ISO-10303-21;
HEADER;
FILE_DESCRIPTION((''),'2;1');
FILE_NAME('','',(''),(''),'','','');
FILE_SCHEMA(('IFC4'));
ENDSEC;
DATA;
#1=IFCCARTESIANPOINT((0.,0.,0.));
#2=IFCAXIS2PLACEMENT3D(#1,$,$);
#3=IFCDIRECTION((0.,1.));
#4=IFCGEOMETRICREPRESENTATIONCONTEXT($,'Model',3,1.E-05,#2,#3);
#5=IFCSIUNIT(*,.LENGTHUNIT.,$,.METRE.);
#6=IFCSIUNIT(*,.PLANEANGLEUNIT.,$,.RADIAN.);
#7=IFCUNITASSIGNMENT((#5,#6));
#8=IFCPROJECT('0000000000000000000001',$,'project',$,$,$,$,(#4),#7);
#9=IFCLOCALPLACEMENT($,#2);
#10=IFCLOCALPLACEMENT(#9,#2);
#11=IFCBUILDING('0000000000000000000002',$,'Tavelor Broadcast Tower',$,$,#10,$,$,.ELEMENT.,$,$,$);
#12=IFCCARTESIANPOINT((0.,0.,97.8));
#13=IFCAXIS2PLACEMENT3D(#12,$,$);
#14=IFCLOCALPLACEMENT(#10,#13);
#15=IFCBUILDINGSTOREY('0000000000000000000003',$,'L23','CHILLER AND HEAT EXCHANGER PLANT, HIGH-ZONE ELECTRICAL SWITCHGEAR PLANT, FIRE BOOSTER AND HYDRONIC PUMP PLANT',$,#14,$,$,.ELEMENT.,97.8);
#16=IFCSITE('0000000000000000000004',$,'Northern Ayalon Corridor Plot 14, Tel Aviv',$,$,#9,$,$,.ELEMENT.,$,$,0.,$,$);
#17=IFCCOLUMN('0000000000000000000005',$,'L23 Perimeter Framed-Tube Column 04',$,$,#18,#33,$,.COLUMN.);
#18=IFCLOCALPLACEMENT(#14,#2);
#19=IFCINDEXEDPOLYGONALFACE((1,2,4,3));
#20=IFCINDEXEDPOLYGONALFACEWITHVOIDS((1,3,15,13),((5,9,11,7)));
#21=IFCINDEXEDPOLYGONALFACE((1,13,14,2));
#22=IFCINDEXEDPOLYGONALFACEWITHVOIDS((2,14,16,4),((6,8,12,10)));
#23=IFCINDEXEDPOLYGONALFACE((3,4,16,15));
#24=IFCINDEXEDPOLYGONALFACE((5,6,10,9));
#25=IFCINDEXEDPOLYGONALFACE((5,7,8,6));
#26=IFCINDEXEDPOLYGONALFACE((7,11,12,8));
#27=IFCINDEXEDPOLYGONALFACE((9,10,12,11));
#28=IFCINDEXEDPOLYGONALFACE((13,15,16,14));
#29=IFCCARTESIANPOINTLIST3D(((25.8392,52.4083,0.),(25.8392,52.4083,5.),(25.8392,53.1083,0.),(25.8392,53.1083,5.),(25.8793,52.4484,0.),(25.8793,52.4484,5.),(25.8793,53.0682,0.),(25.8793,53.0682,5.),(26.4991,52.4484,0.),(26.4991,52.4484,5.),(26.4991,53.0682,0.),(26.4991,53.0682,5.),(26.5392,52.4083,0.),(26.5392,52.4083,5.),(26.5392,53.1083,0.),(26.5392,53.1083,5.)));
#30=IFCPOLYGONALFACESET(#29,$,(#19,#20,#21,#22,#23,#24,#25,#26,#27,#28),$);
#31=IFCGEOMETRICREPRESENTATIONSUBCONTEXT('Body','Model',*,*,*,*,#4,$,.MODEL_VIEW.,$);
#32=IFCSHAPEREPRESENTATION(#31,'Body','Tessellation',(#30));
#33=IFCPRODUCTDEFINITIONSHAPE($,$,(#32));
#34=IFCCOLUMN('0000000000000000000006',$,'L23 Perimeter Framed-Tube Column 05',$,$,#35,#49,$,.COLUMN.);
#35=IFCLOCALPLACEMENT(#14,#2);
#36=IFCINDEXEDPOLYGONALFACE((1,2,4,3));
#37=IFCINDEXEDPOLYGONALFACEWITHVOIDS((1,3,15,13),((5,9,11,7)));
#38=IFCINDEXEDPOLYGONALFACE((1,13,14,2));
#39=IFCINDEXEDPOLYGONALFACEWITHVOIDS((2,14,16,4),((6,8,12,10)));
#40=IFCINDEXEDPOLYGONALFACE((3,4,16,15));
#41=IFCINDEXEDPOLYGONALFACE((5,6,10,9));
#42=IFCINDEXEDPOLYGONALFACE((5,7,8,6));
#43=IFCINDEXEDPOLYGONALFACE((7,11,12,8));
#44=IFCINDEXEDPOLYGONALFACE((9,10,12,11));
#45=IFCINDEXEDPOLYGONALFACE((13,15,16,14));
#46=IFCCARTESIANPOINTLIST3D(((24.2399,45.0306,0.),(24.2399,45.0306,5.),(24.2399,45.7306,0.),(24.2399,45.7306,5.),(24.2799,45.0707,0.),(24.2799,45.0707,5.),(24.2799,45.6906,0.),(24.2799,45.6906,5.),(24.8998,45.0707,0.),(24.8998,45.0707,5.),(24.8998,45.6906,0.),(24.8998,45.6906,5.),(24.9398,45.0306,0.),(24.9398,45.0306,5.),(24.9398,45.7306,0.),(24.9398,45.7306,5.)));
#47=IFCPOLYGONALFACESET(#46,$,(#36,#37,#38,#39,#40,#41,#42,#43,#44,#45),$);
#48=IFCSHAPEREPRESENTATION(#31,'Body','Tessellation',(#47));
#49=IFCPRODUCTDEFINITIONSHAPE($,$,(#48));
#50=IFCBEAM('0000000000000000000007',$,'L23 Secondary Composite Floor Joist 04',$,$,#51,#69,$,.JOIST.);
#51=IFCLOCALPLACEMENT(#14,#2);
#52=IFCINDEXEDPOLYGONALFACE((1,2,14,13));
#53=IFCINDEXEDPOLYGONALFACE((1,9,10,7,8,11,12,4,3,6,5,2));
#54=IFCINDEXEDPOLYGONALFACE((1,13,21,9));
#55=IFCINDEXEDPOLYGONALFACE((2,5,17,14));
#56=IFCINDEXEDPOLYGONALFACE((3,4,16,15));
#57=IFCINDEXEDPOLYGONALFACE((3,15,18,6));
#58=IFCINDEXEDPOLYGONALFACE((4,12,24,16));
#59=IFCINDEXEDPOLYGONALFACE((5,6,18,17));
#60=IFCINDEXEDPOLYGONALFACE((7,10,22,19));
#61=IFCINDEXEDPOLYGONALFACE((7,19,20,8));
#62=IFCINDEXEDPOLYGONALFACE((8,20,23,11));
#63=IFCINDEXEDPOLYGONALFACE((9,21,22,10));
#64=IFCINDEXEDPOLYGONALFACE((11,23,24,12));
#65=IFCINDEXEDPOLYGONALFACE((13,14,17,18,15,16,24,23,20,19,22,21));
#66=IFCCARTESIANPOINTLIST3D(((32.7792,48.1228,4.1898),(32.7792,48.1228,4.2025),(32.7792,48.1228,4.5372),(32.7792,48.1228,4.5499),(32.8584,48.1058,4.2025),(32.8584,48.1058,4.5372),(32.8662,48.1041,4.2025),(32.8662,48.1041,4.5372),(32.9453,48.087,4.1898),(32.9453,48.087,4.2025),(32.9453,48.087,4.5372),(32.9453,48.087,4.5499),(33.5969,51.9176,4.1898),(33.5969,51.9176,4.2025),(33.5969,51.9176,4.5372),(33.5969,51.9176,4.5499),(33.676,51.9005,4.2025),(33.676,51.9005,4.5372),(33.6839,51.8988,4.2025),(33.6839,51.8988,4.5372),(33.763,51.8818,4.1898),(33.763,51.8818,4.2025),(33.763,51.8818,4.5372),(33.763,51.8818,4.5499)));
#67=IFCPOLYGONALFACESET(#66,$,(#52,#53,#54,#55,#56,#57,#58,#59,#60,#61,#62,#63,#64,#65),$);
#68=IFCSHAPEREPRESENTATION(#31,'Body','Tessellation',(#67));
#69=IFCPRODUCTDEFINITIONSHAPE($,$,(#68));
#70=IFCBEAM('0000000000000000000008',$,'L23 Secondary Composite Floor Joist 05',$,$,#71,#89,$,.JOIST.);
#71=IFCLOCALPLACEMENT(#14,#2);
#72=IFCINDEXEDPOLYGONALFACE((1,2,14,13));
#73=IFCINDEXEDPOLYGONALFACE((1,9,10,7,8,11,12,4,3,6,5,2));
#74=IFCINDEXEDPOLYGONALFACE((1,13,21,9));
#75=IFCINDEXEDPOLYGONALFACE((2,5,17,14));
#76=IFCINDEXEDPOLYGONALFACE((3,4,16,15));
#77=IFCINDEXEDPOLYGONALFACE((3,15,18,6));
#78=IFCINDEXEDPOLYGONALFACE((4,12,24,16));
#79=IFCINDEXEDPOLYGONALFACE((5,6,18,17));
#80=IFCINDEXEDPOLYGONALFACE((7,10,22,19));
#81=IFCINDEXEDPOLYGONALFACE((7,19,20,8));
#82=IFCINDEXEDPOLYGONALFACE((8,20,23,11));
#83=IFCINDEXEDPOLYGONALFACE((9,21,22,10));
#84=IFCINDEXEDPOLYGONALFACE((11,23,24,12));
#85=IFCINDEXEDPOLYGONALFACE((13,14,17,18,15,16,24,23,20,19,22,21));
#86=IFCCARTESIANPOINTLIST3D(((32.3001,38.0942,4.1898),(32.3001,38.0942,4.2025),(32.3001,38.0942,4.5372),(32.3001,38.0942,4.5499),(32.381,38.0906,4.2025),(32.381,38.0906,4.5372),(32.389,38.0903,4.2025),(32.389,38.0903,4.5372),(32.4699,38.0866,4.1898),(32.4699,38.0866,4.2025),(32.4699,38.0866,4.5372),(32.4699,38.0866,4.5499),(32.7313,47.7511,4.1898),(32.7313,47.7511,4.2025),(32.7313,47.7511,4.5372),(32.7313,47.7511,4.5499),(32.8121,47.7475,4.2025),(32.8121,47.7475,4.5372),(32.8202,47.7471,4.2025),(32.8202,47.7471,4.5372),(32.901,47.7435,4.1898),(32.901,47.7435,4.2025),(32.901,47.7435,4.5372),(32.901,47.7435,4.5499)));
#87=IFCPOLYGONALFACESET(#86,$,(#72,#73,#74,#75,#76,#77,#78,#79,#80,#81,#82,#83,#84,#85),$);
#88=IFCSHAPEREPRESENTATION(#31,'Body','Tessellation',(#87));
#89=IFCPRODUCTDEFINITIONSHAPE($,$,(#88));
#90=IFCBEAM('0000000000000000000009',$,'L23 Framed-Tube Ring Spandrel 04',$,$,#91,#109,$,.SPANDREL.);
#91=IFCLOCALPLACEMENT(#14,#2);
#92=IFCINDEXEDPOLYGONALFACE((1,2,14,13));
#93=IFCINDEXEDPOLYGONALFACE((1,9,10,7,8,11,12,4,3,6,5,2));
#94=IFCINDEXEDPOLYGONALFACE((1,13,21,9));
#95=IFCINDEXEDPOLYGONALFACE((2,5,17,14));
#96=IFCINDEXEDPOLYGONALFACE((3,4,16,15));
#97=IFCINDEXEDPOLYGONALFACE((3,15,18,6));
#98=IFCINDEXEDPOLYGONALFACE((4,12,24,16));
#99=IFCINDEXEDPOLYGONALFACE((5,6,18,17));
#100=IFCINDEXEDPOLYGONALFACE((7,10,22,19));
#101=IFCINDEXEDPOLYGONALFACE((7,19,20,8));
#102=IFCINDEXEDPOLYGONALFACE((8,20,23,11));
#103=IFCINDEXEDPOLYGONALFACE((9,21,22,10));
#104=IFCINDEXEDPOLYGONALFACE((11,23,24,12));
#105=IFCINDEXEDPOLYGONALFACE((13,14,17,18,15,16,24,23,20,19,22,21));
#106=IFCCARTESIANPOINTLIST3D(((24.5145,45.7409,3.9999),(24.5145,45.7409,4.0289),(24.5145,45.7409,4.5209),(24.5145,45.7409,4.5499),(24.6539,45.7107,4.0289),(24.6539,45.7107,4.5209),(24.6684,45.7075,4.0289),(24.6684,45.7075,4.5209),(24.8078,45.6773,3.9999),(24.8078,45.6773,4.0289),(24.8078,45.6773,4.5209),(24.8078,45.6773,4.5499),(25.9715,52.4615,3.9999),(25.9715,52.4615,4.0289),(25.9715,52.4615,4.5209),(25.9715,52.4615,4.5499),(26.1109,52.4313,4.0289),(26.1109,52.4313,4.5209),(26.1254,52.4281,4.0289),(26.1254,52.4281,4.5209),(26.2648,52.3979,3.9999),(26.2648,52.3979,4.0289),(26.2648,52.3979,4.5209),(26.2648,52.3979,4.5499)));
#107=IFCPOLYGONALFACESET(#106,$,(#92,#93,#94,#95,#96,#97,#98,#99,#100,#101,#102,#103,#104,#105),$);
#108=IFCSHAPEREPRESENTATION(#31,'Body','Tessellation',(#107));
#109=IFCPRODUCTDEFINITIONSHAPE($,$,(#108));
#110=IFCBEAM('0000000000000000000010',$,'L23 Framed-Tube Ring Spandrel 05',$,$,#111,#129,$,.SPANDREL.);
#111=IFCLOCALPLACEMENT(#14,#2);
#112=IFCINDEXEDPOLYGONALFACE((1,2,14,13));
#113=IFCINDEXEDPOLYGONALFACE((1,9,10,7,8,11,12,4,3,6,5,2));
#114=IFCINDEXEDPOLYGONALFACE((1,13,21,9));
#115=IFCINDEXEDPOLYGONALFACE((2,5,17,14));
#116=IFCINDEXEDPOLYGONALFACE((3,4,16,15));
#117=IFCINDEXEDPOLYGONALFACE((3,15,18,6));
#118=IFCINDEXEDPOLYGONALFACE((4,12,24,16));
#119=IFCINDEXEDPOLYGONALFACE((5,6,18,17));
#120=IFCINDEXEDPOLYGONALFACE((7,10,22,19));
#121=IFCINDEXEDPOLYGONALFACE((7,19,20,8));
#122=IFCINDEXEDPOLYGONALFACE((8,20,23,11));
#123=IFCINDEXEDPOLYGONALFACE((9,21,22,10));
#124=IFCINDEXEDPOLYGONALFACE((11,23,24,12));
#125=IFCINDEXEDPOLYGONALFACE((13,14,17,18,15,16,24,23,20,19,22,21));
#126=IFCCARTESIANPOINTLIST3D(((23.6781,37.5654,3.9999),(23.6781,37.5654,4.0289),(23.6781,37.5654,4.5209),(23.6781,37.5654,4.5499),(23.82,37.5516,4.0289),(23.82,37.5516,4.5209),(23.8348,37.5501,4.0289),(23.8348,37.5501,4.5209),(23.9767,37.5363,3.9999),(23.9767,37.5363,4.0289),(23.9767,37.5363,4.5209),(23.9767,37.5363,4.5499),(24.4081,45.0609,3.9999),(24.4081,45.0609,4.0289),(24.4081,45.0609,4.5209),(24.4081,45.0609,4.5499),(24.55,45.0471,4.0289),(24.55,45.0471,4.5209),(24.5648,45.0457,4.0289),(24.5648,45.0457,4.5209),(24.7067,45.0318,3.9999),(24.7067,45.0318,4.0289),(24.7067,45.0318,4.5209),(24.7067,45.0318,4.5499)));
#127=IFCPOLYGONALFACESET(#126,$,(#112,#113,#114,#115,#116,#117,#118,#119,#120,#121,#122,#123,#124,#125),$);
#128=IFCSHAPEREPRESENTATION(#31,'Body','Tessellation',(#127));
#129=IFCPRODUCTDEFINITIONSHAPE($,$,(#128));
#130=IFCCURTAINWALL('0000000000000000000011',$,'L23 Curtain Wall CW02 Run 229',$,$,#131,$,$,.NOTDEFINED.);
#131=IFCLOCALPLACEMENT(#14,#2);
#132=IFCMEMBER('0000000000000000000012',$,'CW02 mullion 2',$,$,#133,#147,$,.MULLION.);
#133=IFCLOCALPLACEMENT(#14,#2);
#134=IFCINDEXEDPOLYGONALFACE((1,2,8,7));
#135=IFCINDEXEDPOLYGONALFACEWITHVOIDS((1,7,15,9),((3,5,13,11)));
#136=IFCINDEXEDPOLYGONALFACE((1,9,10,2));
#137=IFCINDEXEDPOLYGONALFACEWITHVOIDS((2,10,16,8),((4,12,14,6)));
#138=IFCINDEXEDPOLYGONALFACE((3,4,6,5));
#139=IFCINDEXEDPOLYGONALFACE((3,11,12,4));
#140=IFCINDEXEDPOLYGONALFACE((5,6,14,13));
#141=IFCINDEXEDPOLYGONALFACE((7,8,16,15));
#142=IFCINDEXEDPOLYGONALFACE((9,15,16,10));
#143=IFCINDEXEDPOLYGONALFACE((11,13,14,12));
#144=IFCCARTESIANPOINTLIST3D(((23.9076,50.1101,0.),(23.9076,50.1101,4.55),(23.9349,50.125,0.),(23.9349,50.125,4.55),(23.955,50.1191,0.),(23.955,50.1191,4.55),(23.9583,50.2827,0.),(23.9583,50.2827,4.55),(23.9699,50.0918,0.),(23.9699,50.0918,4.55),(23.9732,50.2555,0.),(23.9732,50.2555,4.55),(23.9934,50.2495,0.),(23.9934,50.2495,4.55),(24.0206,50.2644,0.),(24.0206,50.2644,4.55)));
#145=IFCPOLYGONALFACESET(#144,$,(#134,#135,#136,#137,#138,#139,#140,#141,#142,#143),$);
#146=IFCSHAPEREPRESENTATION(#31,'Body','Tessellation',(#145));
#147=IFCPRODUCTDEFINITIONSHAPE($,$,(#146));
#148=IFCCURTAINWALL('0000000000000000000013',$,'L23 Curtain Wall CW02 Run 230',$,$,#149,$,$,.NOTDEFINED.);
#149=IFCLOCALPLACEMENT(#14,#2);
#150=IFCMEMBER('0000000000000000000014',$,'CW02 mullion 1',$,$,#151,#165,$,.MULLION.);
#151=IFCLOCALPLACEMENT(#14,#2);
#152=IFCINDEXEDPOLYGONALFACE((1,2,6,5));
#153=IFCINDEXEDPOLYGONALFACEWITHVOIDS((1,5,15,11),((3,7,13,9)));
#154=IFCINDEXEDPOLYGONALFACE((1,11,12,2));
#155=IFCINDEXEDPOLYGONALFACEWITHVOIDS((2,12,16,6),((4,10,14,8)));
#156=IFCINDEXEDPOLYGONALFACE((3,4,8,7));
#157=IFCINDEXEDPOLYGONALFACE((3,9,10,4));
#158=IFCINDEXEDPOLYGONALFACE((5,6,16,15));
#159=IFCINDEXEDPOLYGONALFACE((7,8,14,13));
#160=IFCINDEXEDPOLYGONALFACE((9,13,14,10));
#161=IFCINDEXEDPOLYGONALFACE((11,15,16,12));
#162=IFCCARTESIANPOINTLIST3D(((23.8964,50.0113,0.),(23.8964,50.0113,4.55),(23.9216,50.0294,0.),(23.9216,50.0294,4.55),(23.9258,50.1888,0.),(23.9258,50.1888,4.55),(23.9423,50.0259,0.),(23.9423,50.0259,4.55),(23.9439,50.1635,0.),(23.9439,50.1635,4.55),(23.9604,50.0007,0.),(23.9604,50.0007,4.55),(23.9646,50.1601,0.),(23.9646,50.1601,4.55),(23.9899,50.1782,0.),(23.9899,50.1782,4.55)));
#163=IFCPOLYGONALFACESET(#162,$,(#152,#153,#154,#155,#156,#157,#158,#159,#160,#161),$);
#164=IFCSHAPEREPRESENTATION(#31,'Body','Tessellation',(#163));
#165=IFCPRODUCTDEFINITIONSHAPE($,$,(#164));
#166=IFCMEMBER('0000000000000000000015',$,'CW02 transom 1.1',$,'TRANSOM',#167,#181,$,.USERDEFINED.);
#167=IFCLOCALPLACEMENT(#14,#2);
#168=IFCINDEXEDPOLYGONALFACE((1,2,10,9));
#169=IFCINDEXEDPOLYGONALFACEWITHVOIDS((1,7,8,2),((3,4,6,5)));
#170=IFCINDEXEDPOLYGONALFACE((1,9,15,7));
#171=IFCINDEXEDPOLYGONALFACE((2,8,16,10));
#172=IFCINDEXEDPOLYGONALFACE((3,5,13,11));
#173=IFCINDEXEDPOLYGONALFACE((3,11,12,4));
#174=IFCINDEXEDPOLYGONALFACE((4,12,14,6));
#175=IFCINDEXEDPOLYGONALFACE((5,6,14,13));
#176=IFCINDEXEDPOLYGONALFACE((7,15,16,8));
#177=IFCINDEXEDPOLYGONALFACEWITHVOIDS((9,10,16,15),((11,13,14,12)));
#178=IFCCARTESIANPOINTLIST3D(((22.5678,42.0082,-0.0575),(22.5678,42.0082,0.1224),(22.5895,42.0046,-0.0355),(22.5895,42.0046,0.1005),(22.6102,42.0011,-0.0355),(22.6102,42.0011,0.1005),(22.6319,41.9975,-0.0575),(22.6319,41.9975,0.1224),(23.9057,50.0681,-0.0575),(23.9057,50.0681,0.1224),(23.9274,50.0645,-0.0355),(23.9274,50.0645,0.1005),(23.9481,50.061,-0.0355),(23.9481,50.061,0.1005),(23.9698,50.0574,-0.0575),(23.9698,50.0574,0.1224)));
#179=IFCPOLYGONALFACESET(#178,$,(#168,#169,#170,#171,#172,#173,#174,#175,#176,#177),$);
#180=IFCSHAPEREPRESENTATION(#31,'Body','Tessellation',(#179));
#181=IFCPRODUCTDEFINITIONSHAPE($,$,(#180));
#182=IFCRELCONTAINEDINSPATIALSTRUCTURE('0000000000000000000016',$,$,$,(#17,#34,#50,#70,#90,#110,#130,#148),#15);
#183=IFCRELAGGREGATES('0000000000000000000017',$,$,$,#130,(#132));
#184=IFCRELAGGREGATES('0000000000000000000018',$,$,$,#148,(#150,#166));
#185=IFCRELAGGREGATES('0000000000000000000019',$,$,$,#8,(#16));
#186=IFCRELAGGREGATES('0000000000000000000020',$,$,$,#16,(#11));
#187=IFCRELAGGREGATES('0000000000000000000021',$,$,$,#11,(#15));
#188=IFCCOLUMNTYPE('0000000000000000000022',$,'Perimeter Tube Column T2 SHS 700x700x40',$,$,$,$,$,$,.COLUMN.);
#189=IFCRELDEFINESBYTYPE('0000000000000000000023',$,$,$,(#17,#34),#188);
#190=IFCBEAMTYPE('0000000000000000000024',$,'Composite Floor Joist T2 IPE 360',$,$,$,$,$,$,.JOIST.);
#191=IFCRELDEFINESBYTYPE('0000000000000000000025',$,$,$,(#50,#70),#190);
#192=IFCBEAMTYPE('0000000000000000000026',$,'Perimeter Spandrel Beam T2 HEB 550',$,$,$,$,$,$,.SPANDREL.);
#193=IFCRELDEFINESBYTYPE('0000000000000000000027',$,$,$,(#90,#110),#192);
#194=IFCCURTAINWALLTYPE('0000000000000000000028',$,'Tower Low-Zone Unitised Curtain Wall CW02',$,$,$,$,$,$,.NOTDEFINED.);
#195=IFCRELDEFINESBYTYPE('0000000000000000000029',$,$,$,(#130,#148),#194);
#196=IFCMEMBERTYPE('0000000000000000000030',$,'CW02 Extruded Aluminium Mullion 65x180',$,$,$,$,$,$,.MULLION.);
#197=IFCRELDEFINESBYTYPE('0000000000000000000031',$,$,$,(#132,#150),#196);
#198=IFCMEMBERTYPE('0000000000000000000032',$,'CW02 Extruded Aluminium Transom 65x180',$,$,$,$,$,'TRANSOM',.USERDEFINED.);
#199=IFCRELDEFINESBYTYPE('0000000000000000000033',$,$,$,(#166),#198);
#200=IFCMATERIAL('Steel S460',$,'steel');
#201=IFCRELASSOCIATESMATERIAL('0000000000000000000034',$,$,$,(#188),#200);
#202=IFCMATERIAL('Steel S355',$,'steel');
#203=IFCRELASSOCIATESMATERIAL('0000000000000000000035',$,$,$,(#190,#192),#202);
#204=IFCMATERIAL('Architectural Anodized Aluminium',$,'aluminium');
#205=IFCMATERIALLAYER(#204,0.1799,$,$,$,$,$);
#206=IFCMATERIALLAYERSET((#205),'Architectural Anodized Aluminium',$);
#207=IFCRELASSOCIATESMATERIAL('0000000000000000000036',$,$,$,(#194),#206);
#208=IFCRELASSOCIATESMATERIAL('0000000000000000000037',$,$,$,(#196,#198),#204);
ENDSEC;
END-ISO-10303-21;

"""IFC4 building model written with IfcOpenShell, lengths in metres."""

from ifc_helpers import new_model, si_unit, direction, frame, origin, origin_2d, place, context, subcontext, project, spatial, hollow_rectangle, i_section, extrude, source, transform, mapped, material, layer, layer_set, material_profile, profile_set, type_object, type_shapes, element, aggregate, save


model = new_model("IFC4")

# Units and contexts
model_context = context("Model", 3, precision=1e-05, world=origin(), true_north=direction((0.0, 1.0)))
body_context = subcontext(model_context, "Body", "Model", "MODEL_VIEW")
ifc_project = project(units=[si_unit("LENGTHUNIT", "METRE"), si_unit("PLANEANGLEUNIT", "RADIAN")], contexts=[model_context])

# Site, building, storey
site_placement = place(None, origin())
site = spatial("IfcSite", under=ifc_project, at=site_placement, Name="Northern Ayalon Corridor Plot 14, Tel Aviv", CompositionType="ELEMENT", RefElevation=0.0)
building_placement = place(site_placement, origin())
building = spatial("IfcBuilding", under=site, at=building_placement, Name="Tavelor Broadcast Tower", CompositionType="ELEMENT")
storey_placement = place(building_placement, frame((0.0, 0.0, 97.8)))
storey = spatial("IfcBuildingStorey", under=building, at=storey_placement, Name="L23", Description="CHILLER AND HEAT EXCHANGER PLANT, HIGH-ZONE ELECTRICAL SWITCHGEAR PLANT, FIRE BOOSTER AND HYDRONIC PUMP PLANT", CompositionType="ELEMENT", Elevation=97.8)

# Columns
ifc_material_1 = material(Name="Steel S460", Category="steel")
ifc_material_profile_1 = material_profile(ifc_material_1, hollow_rectangle(XDim=0.7, YDim=0.7, WallThickness=0.04, at=origin_2d()), Name="SHS 700x700x40")
ifc_profile_set_1 = profile_set([ifc_material_profile_1], Name="Steel S460")
column_type = type_object("IfcColumnType", Name="Perimeter Tube Column T2 SHS 700x700x40", PredefinedType="COLUMN", material=ifc_profile_set_1)
for number, where, z_axis, x_axis, name in (
    (1, (26.1892, 52.7583, 0.0), (0.0, 0.0, 1.0), (1.0, 0.0, 0.0), "L23 Perimeter Framed-Tube Column 04"),
    (2, (24.5898, 45.3806, 0.0), (0.0, 0.0, 1.0), (1.0, 0.0, 0.0), "L23 Perimeter Framed-Tube Column 05"),
):
    element("IfcColumn", number, at=place(storey_placement, frame(where, z_axis=z_axis, x_axis=x_axis)), inside=storey, type_object=column_type, Name=name, PredefinedType="COLUMN", context=body_context, shape_type="SweptSolid", body=[
        extrude(hollow_rectangle(XDim=0.7, YDim=0.7, WallThickness=0.04, at=origin_2d()), origin(), (0.0, 0.0, 1.0), 5.0),
    ])

# Beams
ifc_material_2 = material(Name="Steel S355", Category="steel")
ifc_material_profile_2 = material_profile(ifc_material_2, i_section(OverallWidth=0.1699, OverallDepth=0.3601, WebThickness=0.0081, FlangeThickness=0.0127, at=origin_2d()), Name="IPE 360")
ifc_profile_set_2 = profile_set([ifc_material_profile_2], Name="Steel S355")
beam_type_1 = type_object("IfcBeamType", Name="Composite Floor Joist T2 IPE 360", PredefinedType="JOIST", material=ifc_profile_set_2)
beam_1_placement = place(storey_placement, frame((33.6799, 51.8997, 4.3699), z_axis=(-0.210633, -0.977565, 0.0), x_axis=(0.977565, -0.210633, 0.0)))
element("IfcBeam", 3, at=beam_1_placement, inside=storey, type_object=beam_type_1, Name="L23 Secondary Composite Floor Joist 04", PredefinedType="JOIST", context=body_context, shape_type="SweptSolid", body=[
    extrude(i_section(OverallWidth=0.1699, OverallDepth=0.3601, WebThickness=0.0081, FlangeThickness=0.0127, at=origin_2d()), origin(), (0.0, 0.0, 1.0), 3.8818),
])
beam_2_placement = place(storey_placement, frame((32.8162, 47.7473, 4.3699), z_axis=(-0.044602, -0.999005, 0.0), x_axis=(0.999005, -0.044602, 0.0)))
element("IfcBeam", 4, at=beam_2_placement, inside=storey, type_object=beam_type_1, Name="L23 Secondary Composite Floor Joist 05", PredefinedType="JOIST", context=body_context, shape_type="SweptSolid", body=[
    extrude(i_section(OverallWidth=0.1699, OverallDepth=0.3601, WebThickness=0.0081, FlangeThickness=0.0127, at=origin_2d()), origin(), (0.0, 0.0, 1.0), 9.6665),
])
ifc_material_profile_3 = material_profile(ifc_material_2, i_section(OverallWidth=0.3, OverallDepth=0.55, WebThickness=0.0149, FlangeThickness=0.0291, at=origin_2d()), Name="HEB 550")
ifc_profile_set_3 = profile_set([ifc_material_profile_3], Name="Steel S355")
beam_type_2 = type_object("IfcBeamType", Name="Perimeter Spandrel Beam T2 HEB 550", PredefinedType="SPANDREL", material=ifc_profile_set_3)
beam_3_placement = place(storey_placement, frame((26.1182, 52.4297, 4.2749), z_axis=(-0.211875, -0.977297, 0.0), x_axis=(0.977297, -0.211875, 0.0)))
element("IfcBeam", 5, at=beam_3_placement, inside=storey, type_object=beam_type_2, Name="L23 Framed-Tube Ring Spandrel 04", PredefinedType="SPANDREL", context=body_context, shape_type="SweptSolid", body=[
    extrude(i_section(OverallWidth=0.3, OverallDepth=0.55, WebThickness=0.0149, FlangeThickness=0.0291, at=origin_2d()), origin(), (0.0, 0.0, 1.0), 6.8767),
])
beam_4_placement = place(storey_placement, frame((24.5574, 45.0464, 4.2749), z_axis=(-0.096929, -0.995291, 0.0), x_axis=(0.995291, -0.096929, 0.0)))
element("IfcBeam", 6, at=beam_4_placement, inside=storey, type_object=beam_type_2, Name="L23 Framed-Tube Ring Spandrel 05", PredefinedType="SPANDREL", context=body_context, shape_type="SweptSolid", body=[
    extrude(i_section(OverallWidth=0.3, OverallDepth=0.55, WebThickness=0.0149, FlangeThickness=0.0291, at=origin_2d()), origin(), (0.0, 0.0, 1.0), 7.531),
])

# Curtain wall, member
ifc_material_3 = material(Name="Architectural Anodized Aluminium", Category="aluminium")
ifc_layer_1 = layer(ifc_material_3, 0.1799)
ifc_layer_set_1 = layer_set([ifc_layer_1], Name="Architectural Anodized Aluminium")
curtain_wall_type = type_object("IfcCurtainWallType", Name="Tower Low-Zone Unitised Curtain Wall CW02", PredefinedType="NOTDEFINED", material=ifc_layer_set_1)
curtain_wall_1_placement = place(storey_placement, origin())
curtain_wall_1 = element("IfcCurtainWall", 7, at=curtain_wall_1_placement, inside=storey, type_object=curtain_wall_type, Name="L23 Curtain Wall CW02 Run 229", PredefinedType="NOTDEFINED")
ifc_material_profile_4 = material_profile(ifc_material_3, hollow_rectangle(XDim=0.0649, YDim=0.1799, WallThickness=0.022, at=origin_2d()), Name="RHS 65x180x22")
ifc_profile_set_4 = profile_set([ifc_material_profile_4], Name="Architectural Anodized Aluminium")
member_type_1 = type_object("IfcMemberType", Name="CW02 Extruded Aluminium Mullion 65x180", PredefinedType="MULLION", material=ifc_profile_set_4)
shared_shape_1 = source(origin(), body_context, "Body", "SweptSolid", [
    extrude(hollow_rectangle(XDim=0.0649, YDim=0.1799, WallThickness=0.022, at=origin_2d()), origin(), (0.0, 0.0, 1.0), 4.55),
])
type_shapes(member_type_1, [shared_shape_1])
member_1_placement = place(storey_placement, frame((23.9641, 50.1873, 0.0), z_axis=(0.0, 0.0, 1.0), x_axis=(0.959433, -0.281936, 0.0)))
member_1 = element("IfcMember", 8, at=member_1_placement, type_object=member_type_1, Name="CW02 mullion 2", PredefinedType="MULLION", context=body_context, shape_type="MappedRepresentation", body=[
    mapped(shared_shape_1, transform((0.0, 0.0, 0.0), scale=1.0)),
])
aggregate(curtain_wall_1, [member_1])

# Curtain wall, members
curtain_wall_2_placement = place(storey_placement, origin())
curtain_wall_2 = element("IfcCurtainWall", 9, at=curtain_wall_2_placement, inside=storey, type_object=curtain_wall_type, Name="L23 Curtain Wall CW02 Run 230", PredefinedType="NOTDEFINED")
member_2_placement = place(storey_placement, frame((23.9431, 50.0947, 0.0), z_axis=(0.0, 0.0, 1.0), x_axis=(0.986502, -0.163746, 0.0)))
member_2 = element("IfcMember", 10, at=member_2_placement, type_object=member_type_1, Name="CW02 mullion 1", PredefinedType="MULLION", context=body_context, shape_type="MappedRepresentation", body=[
    mapped(shared_shape_1, transform((0.0, 0.0, 0.0), scale=1.0)),
])
ifc_material_profile_5 = material_profile(ifc_material_3, hollow_rectangle(XDim=0.0649, YDim=0.1799, WallThickness=0.022, at=origin_2d()), Name="RHS 65x180x22")
ifc_profile_set_5 = profile_set([ifc_material_profile_5], Name="Architectural Anodized Aluminium")
member_type_2 = type_object("IfcMemberType", Name="CW02 Extruded Aluminium Transom 65x180", ElementType="TRANSOM", PredefinedType="USERDEFINED", material=ifc_profile_set_5)
shared_shape_2 = source(origin(), body_context, "Body", "SweptSolid", [
    extrude(hollow_rectangle(XDim=0.0649, YDim=0.1799, WallThickness=0.022, at=origin_2d()), origin(), (0.0, 0.0, 1.0), 8.1702),
])
type_shapes(member_type_2, [shared_shape_2])
member_3_placement = place(storey_placement, frame((23.9377, 50.0627, 0.0325), z_axis=(-0.163754, -0.986501, 0.0), x_axis=(0.986501, -0.163754, 0.0)))
member_3 = element("IfcMember", 11, at=member_3_placement, type_object=member_type_2, Name="CW02 transom 1.1", ObjectType="TRANSOM", PredefinedType="USERDEFINED", context=body_context, shape_type="MappedRepresentation", body=[
    mapped(shared_shape_2, transform((0.0, 0.0, 0.0), scale=1.0)),
])

aggregate(curtain_wall_2, [member_2, member_3])

save(model, "model.ifc")
